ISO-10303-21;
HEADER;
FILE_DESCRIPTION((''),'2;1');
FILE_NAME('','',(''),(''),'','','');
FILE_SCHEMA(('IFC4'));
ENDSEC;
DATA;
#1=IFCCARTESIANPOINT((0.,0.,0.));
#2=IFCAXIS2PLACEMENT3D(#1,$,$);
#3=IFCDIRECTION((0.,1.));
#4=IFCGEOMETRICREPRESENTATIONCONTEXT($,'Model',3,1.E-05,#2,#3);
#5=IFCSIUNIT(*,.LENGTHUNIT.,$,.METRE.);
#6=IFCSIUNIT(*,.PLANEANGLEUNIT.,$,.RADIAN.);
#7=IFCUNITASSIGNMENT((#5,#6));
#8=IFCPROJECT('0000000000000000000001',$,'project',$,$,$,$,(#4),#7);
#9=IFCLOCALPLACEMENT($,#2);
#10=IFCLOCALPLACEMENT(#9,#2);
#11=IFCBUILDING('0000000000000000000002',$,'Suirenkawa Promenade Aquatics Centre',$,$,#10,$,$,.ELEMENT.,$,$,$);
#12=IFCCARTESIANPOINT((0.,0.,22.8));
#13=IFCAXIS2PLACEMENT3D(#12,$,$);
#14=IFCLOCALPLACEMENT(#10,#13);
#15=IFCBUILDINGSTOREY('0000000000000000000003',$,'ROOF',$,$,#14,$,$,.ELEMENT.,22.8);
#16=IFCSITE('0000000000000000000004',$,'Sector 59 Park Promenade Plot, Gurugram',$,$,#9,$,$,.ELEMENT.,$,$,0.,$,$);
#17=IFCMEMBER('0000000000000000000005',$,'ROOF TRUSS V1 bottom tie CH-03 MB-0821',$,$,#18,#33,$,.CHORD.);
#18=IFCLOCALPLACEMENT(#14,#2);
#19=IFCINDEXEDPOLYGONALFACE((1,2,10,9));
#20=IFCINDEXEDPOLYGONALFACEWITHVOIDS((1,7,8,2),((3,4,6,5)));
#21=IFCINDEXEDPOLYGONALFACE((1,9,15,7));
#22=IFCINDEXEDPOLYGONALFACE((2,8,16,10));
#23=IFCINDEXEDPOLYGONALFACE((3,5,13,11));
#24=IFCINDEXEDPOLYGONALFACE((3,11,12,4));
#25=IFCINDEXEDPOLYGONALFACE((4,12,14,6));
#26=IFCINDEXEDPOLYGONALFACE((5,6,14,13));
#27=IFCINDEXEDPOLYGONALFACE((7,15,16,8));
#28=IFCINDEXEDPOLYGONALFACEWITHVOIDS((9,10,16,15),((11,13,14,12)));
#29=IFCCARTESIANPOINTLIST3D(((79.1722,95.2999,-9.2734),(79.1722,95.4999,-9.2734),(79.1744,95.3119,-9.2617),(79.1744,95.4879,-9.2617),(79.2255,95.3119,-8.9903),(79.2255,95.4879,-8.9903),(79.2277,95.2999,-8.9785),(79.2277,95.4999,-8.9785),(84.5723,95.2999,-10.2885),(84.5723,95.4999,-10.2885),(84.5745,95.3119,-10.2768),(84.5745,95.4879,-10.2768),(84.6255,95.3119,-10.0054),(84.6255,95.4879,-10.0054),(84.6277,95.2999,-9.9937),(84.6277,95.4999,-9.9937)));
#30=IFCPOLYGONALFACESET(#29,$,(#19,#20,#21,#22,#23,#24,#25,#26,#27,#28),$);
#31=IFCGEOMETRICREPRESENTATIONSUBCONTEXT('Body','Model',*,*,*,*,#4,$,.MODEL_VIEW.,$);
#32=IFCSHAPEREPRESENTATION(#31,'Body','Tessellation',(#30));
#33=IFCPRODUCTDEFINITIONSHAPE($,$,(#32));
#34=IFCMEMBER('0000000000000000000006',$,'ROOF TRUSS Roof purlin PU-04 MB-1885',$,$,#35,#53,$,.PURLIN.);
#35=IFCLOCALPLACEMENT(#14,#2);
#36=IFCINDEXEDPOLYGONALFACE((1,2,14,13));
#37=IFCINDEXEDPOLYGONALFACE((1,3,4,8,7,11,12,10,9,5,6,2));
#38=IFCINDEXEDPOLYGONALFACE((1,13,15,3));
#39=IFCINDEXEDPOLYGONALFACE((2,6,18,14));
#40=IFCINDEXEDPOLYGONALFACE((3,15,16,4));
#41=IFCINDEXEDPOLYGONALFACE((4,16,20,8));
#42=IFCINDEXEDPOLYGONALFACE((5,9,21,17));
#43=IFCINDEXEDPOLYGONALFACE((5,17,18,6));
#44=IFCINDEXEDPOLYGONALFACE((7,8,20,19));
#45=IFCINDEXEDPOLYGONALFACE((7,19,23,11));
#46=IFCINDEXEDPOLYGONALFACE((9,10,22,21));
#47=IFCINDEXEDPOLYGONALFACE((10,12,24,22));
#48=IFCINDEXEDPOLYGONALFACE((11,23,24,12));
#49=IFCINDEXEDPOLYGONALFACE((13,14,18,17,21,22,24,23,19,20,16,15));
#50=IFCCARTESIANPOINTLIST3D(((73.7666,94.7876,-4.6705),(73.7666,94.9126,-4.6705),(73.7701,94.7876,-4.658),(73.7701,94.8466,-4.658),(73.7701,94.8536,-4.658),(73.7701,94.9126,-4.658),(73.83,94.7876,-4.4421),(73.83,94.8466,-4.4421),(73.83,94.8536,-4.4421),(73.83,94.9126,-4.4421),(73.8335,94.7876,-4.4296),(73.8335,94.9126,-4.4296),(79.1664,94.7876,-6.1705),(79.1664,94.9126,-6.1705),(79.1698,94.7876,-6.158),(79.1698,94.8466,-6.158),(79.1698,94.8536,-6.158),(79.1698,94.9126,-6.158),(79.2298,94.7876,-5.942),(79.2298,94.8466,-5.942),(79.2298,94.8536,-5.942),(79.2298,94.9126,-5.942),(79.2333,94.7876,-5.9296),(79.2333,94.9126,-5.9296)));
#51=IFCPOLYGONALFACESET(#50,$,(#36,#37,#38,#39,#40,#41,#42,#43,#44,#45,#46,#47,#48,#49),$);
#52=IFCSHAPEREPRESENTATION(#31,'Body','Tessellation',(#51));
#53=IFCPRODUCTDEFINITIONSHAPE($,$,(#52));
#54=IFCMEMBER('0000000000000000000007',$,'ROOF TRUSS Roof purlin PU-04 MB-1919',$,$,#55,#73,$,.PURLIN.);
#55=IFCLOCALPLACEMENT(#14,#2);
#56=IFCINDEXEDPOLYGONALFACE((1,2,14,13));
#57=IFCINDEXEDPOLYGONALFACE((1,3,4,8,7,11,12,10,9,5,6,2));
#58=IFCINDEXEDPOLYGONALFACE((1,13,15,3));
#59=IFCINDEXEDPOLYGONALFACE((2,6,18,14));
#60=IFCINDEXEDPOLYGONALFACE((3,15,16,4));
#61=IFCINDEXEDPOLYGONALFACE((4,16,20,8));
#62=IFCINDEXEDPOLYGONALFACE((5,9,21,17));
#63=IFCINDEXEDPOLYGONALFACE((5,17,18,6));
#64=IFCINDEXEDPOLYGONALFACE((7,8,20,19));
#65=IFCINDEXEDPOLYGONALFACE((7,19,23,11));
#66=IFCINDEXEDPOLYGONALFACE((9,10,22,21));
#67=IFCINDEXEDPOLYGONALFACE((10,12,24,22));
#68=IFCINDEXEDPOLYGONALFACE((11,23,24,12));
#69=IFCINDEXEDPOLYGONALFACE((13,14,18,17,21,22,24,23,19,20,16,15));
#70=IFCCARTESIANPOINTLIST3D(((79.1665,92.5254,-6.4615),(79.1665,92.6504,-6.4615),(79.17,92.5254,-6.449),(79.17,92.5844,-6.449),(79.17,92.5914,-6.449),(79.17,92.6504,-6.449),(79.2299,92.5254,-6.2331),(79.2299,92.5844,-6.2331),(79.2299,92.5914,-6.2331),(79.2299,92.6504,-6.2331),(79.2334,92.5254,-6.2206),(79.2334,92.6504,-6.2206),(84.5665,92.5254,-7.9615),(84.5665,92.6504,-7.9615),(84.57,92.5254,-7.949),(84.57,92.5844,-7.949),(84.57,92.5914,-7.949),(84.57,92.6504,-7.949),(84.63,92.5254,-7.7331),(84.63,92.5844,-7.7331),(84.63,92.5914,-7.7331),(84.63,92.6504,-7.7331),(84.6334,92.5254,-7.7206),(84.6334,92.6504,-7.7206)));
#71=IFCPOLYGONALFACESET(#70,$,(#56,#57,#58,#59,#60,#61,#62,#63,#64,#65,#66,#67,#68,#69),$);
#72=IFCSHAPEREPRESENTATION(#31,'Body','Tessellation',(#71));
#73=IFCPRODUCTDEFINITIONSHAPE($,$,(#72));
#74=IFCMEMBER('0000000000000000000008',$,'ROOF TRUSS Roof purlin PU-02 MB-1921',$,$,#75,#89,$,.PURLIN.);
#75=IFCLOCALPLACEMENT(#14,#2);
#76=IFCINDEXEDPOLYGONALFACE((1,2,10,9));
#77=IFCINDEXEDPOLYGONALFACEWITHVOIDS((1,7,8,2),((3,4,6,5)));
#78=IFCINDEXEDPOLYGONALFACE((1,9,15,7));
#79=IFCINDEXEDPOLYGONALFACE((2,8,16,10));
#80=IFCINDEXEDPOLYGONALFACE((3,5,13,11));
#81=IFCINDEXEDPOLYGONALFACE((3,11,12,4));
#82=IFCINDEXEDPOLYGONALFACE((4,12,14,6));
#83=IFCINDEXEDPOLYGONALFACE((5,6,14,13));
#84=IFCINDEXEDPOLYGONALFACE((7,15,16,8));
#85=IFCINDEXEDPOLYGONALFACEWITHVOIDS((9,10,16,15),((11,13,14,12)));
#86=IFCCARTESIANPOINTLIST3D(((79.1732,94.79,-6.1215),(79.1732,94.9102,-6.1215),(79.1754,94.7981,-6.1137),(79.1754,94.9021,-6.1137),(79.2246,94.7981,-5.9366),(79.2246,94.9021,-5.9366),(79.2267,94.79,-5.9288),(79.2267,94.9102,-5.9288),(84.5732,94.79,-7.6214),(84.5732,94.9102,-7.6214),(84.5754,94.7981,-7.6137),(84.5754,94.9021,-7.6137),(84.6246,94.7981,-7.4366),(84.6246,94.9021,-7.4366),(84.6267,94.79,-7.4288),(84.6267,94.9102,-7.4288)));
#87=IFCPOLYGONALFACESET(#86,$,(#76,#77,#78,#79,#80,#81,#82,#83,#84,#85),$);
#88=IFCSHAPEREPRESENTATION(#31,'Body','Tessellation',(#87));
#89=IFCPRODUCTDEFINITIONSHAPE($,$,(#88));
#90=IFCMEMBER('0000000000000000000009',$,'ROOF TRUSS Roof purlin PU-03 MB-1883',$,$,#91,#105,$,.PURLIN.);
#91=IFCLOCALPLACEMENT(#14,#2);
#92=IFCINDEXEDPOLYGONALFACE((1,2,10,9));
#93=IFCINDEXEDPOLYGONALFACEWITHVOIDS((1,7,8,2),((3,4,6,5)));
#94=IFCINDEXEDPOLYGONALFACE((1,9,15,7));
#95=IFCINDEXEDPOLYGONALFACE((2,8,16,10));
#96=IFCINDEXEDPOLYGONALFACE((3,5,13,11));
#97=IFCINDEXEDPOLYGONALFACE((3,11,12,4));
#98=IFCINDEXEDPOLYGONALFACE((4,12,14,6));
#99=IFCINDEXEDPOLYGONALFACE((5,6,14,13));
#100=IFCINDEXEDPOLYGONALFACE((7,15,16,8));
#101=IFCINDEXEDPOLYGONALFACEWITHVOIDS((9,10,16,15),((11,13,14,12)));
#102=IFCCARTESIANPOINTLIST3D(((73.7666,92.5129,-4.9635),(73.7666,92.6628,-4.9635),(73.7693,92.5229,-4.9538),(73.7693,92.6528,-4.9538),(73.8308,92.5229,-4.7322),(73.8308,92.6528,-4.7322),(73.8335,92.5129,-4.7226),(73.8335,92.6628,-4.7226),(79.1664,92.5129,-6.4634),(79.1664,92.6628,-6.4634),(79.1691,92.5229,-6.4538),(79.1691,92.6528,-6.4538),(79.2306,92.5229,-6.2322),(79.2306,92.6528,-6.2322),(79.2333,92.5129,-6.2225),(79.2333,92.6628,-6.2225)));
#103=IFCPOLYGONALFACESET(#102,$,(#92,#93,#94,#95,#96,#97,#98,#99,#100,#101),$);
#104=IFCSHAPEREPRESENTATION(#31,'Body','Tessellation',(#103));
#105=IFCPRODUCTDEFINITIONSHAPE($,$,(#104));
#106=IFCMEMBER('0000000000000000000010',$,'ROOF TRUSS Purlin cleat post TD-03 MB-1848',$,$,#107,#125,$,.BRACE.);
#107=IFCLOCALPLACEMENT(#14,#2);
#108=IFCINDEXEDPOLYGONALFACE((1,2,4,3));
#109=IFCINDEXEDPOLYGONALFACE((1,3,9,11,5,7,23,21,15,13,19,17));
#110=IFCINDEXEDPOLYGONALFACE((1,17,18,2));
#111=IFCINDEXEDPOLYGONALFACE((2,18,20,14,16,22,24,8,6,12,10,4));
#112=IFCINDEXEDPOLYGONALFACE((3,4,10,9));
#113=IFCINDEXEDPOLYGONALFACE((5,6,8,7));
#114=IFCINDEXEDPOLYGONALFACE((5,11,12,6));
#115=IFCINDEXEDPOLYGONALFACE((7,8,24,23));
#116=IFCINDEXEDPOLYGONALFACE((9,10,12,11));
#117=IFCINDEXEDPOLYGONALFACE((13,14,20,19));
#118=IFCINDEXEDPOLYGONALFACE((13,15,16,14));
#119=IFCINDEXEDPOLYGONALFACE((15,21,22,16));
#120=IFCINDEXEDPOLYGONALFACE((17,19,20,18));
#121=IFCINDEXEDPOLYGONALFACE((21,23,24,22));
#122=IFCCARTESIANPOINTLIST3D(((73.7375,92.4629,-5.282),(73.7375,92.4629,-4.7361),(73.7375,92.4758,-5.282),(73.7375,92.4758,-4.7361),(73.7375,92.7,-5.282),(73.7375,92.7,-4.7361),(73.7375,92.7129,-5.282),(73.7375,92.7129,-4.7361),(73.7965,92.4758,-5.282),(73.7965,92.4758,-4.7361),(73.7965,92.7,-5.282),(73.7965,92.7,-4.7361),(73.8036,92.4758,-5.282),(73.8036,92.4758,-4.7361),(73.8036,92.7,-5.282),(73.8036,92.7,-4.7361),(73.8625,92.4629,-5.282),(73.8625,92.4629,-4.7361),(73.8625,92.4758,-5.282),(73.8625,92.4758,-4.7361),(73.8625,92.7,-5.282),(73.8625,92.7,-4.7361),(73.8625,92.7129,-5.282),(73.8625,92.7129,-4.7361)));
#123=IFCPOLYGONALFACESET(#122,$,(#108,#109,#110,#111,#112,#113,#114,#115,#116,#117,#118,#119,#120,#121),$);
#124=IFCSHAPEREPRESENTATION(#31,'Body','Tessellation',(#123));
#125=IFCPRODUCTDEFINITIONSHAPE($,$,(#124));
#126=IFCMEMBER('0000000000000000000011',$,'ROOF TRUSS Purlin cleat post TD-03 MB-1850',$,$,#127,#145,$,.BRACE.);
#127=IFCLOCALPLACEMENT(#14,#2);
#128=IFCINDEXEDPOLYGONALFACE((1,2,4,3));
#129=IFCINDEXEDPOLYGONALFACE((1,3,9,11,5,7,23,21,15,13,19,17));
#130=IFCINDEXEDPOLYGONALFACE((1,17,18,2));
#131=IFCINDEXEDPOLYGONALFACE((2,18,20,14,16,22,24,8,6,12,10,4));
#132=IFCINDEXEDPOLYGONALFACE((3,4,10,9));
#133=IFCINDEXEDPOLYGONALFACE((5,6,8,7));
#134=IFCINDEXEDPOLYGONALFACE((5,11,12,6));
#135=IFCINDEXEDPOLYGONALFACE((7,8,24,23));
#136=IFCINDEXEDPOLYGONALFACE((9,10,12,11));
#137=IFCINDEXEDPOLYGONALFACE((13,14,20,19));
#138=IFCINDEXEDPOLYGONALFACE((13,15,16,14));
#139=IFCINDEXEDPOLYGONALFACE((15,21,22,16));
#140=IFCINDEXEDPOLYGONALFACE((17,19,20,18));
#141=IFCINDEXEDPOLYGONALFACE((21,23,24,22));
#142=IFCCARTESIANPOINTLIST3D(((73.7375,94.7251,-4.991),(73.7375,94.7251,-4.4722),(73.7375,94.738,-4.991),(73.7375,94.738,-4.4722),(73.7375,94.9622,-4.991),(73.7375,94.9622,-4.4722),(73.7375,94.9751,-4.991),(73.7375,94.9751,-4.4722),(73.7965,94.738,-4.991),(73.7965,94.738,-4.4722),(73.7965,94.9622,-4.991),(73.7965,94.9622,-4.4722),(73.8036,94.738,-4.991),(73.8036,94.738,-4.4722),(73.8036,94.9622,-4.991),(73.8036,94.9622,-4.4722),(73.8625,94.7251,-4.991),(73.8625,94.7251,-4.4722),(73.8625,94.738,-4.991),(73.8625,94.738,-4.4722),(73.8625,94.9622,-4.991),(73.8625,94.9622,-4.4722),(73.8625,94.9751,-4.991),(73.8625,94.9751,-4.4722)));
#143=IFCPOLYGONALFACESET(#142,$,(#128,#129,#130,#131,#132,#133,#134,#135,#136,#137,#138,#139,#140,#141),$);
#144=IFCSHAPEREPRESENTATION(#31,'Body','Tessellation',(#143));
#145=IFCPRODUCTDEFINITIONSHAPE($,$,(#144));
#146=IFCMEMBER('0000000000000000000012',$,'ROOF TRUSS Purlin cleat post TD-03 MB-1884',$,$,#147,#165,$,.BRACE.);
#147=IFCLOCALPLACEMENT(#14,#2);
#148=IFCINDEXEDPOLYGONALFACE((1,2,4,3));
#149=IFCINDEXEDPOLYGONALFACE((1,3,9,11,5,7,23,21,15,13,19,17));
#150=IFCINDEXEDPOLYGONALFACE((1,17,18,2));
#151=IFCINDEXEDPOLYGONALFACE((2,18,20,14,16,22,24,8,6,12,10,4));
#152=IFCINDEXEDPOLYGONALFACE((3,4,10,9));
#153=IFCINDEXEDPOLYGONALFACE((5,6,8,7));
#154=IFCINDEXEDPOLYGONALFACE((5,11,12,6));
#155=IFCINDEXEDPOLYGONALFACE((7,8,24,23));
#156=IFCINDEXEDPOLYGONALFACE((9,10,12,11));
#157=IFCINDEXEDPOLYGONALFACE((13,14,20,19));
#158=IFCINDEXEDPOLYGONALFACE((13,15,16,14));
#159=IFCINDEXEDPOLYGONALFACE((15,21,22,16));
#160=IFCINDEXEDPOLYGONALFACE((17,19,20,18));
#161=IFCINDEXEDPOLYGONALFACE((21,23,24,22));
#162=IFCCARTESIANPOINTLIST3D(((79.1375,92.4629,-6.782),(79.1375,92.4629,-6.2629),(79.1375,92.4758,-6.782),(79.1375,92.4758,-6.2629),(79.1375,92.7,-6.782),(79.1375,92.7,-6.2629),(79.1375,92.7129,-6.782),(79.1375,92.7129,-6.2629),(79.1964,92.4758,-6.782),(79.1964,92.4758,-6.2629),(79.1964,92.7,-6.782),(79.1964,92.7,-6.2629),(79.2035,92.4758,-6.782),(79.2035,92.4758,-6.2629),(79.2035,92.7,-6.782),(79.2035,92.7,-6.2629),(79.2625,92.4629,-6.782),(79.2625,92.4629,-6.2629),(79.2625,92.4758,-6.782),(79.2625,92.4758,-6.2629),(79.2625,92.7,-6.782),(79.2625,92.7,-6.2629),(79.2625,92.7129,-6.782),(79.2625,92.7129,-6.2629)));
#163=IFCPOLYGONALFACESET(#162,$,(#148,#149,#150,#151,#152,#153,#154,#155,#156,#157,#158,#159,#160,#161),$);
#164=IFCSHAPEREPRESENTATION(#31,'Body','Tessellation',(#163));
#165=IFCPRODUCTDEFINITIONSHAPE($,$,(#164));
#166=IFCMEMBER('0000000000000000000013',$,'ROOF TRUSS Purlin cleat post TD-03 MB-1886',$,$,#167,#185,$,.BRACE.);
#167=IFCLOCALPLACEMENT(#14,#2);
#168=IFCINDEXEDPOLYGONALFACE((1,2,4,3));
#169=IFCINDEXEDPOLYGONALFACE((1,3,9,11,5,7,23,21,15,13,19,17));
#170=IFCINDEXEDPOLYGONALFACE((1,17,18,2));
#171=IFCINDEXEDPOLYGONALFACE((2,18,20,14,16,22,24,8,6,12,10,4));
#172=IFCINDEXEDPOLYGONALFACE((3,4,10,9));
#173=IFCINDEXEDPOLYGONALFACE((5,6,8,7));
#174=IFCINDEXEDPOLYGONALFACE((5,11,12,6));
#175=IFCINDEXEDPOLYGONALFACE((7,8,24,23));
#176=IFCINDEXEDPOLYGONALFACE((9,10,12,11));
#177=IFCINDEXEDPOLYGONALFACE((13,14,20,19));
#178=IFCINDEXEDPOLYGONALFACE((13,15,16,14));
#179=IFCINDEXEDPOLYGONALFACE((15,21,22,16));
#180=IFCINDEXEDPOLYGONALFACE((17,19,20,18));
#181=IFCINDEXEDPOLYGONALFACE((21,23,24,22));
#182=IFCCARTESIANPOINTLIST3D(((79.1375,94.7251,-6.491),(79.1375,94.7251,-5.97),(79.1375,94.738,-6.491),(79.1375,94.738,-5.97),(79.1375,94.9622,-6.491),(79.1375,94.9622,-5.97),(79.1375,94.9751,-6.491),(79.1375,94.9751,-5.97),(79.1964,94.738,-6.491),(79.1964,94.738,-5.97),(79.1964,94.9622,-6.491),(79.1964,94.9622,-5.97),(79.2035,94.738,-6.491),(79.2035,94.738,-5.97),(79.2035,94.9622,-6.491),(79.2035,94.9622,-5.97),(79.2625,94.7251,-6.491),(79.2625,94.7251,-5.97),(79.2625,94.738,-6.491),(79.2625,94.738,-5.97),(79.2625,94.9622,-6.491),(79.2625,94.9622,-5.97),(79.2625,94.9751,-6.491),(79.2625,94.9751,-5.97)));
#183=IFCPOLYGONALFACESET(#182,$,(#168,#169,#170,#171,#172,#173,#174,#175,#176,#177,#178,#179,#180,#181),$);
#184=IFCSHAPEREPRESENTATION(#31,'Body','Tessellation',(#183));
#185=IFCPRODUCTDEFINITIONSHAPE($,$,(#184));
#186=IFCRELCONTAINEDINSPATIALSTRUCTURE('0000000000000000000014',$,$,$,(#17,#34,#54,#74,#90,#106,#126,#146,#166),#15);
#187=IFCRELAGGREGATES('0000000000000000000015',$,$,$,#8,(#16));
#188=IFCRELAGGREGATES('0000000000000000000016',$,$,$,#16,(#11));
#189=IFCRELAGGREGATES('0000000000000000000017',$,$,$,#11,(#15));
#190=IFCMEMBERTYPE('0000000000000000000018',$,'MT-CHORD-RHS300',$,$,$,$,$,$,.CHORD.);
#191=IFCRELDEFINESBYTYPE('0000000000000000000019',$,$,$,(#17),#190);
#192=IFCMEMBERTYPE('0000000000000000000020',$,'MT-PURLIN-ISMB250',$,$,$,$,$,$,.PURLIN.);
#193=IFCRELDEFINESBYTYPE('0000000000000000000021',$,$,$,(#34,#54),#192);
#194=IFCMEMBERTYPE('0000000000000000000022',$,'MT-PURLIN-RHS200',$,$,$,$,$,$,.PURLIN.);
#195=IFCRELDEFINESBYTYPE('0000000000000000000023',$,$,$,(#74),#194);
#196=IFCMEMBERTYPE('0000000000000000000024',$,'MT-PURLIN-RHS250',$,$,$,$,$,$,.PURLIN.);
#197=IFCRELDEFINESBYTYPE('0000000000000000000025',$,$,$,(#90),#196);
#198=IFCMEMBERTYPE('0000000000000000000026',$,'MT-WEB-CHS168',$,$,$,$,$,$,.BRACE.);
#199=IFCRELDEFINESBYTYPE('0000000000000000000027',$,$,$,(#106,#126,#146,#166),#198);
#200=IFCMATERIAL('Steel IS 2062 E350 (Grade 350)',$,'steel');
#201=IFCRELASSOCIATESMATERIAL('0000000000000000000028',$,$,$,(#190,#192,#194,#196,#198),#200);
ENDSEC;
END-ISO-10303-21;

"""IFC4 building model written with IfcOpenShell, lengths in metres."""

from ifc_helpers import new_model, si_unit, direction, frame, origin, origin_2d, place, context, subcontext, project, spatial, hollow_rectangle, i_section, extrude, material, material_profile, profile_set, type_object, element, save


model = new_model("IFC4")

# Units and contexts
model_context = context("Model", 3, precision=1e-05, world=origin(), true_north=direction((0.0, 1.0)))
body_context = subcontext(model_context, "Body", "Model", "MODEL_VIEW")
ifc_project = project(units=[si_unit("LENGTHUNIT", "METRE"), si_unit("PLANEANGLEUNIT", "RADIAN")], contexts=[model_context])

# Site, building, storey
site_placement = place(None, origin())
site = spatial("IfcSite", under=ifc_project, at=site_placement, Name="Sector 59 Park Promenade Plot, Gurugram", CompositionType="ELEMENT", RefElevation=0.0)
building_placement = place(site_placement, origin())
building = spatial("IfcBuilding", under=site, at=building_placement, Name="Suirenkawa Promenade Aquatics Centre", CompositionType="ELEMENT")
storey_placement = place(building_placement, frame((0.0, 0.0, 22.8)))
storey = spatial("IfcBuildingStorey", under=building, at=storey_placement, Name="ROOF", CompositionType="ELEMENT", Elevation=22.8)

# Shared definitions
ifc_material_1 = material(Name="Steel IS 2062 E350 (Grade 350)", Category="steel")

# Members
ifc_material_profile_1 = material_profile(ifc_material_1, hollow_rectangle(XDim=0.2, YDim=0.3, WallThickness=0.012, at=origin_2d()), Name="RHS 300x200x12", Category="steel")
ifc_profile_set_1 = profile_set([ifc_material_profile_1], Name="Steel IS 2062 E350 (Grade 350)")
member_type_1 = type_object("IfcMemberType", Name="MT-CHORD-RHS300", PredefinedType="CHORD", material=ifc_profile_set_1)
member_1_placement = place(storey_placement, frame((79.2, 95.3999, -9.126), z_axis=(0.982786, 0.0, -0.184747), x_axis=(0.0, 1.0, 0.0)))
element("IfcMember", 1, at=member_1_placement, inside=storey, type_object=member_type_1, Name="ROOF TRUSS V1 bottom tie CH-03 MB-0821", PredefinedType="CHORD", context=body_context, shape_type="SweptSolid", body=[
    extrude(hollow_rectangle(XDim=0.2, YDim=0.3, WallThickness=0.012, at=origin_2d()), origin(), (0.0, 0.0, 1.0), 5.4946),
])
ifc_material_profile_2 = material_profile(ifc_material_1, i_section(OverallWidth=0.125, OverallDepth=0.25, WebThickness=0.0071, FlangeThickness=0.0129, at=origin_2d()), Name="ISMB 250", Category="steel")
ifc_profile_set_2 = profile_set([ifc_material_profile_2], Name="Steel IS 2062 E350 (Grade 350)")
member_type_2 = type_object("IfcMemberType", Name="MT-PURLIN-ISMB250", PredefinedType="PURLIN", material=ifc_profile_set_2)
member_2_placement = place(storey_placement, frame((73.8, 94.8501, -4.55), z_axis=(0.963517, 0.0, -0.267648), x_axis=(0.0, 1.0, 0.0)))
element("IfcMember", 2, at=member_2_placement, inside=storey, type_object=member_type_2, Name="ROOF TRUSS Roof purlin PU-04 MB-1885", PredefinedType="PURLIN", context=body_context, shape_type="SweptSolid", body=[
    extrude(i_section(OverallWidth=0.125, OverallDepth=0.25, WebThickness=0.0071, FlangeThickness=0.0129, at=origin_2d()), origin(), (0.0, 0.0, 1.0), 5.6042),
])
member_3_placement = place(storey_placement, frame((79.2, 92.5879, -6.3411), z_axis=(0.96352, 0.0, -0.267637), x_axis=(0.0, 1.0, 0.0)))
element("IfcMember", 3, at=member_3_placement, inside=storey, type_object=member_type_2, Name="ROOF TRUSS Roof purlin PU-04 MB-1919", PredefinedType="PURLIN", context=body_context, shape_type="SweptSolid", body=[
    extrude(i_section(OverallWidth=0.125, OverallDepth=0.25, WebThickness=0.0071, FlangeThickness=0.0129, at=origin_2d()), origin(), (0.0, 0.0, 1.0), 5.6045),
])
ifc_material_profile_3 = material_profile(ifc_material_1, hollow_rectangle(XDim=0.1201, YDim=0.2, WallThickness=0.0081, at=origin_2d()), Name="RHS 200x120x8", Category="steel")
ifc_profile_set_3 = profile_set([ifc_material_profile_3], Name="Steel IS 2062 E350 (Grade 350)")
member_type_3 = type_object("IfcMemberType", Name="MT-PURLIN-RHS200", PredefinedType="PURLIN", material=ifc_profile_set_3)
member_4_placement = place(storey_placement, frame((79.2, 94.8501, -6.0251), z_axis=(0.96352, 0.0, -0.267637), x_axis=(0.0, 1.0, 0.0)))
element("IfcMember", 4, at=member_4_placement, inside=storey, type_object=member_type_3, Name="ROOF TRUSS Roof purlin PU-02 MB-1921", PredefinedType="PURLIN", context=body_context, shape_type="SweptSolid", body=[
    extrude(hollow_rectangle(XDim=0.1201, YDim=0.2, WallThickness=0.0081, at=origin_2d()), origin(), (0.0, 0.0, 1.0), 5.6045),
])
ifc_material_profile_4 = material_profile(ifc_material_1, hollow_rectangle(XDim=0.1499, YDim=0.25, WallThickness=0.01, at=origin_2d()), Name="RHS 250x150x10", Category="steel")
ifc_profile_set_4 = profile_set([ifc_material_profile_4], Name="Steel IS 2062 E350 (Grade 350)")
member_type_4 = type_object("IfcMemberType", Name="MT-PURLIN-RHS250", PredefinedType="PURLIN", material=ifc_profile_set_4)
member_5_placement = place(storey_placement, frame((73.8, 92.5879, -4.843), z_axis=(0.963517, 0.0, -0.267648), x_axis=(0.0, 1.0, 0.0)))
element("IfcMember", 5, at=member_5_placement, inside=storey, type_object=member_type_4, Name="ROOF TRUSS Roof purlin PU-03 MB-1883", PredefinedType="PURLIN", context=body_context, shape_type="SweptSolid", body=[
    extrude(hollow_rectangle(XDim=0.1499, YDim=0.25, WallThickness=0.01, at=origin_2d()), origin(), (0.0, 0.0, 1.0), 5.6042),
])
ifc_material_profile_5 = material_profile(ifc_material_1, i_section(OverallWidth=0.125, OverallDepth=0.25, WebThickness=0.0071, FlangeThickness=0.0129, at=origin_2d()), Name="ISMB 250", Category="steel")
ifc_profile_set_5 = profile_set([ifc_material_profile_5], Name="Steel IS 2062 E350 (Grade 350)")
member_type_5 = type_object("IfcMemberType", Name="MT-WEB-CHS168", PredefinedType="BRACE", material=ifc_profile_set_5)
member_6_placement = place(storey_placement, frame((73.8, 92.5879, -5.282), z_axis=(0.0, 0.0, 1.0), x_axis=(1.0, 0.0, 0.0)))
element("IfcMember", 6, at=member_6_placement, inside=storey, type_object=member_type_5, Name="ROOF TRUSS Purlin cleat post TD-03 MB-1848", PredefinedType="BRACE", context=body_context, shape_type="SweptSolid", body=[
    extrude(i_section(OverallWidth=0.125, OverallDepth=0.25, WebThickness=0.0071, FlangeThickness=0.0129, at=origin_2d()), origin(), (0.0, 0.0, 1.0), 0.5459),
])
member_7_placement = place(storey_placement, frame((73.8, 94.8501, -4.991), z_axis=(0.0, 0.0, 1.0), x_axis=(1.0, 0.0, 0.0)))
element("IfcMember", 7, at=member_7_placement, inside=storey, type_object=member_type_5, Name="ROOF TRUSS Purlin cleat post TD-03 MB-1850", PredefinedType="BRACE", context=body_context, shape_type="SweptSolid", body=[
    extrude(i_section(OverallWidth=0.125, OverallDepth=0.25, WebThickness=0.0071, FlangeThickness=0.0129, at=origin_2d()), origin(), (0.0, 0.0, 1.0), 0.5188),
])
member_8_placement = place(storey_placement, frame((79.2, 92.5879, -6.782), z_axis=(0.0, 0.0, 1.0), x_axis=(1.0, 0.0, 0.0)))
element("IfcMember", 8, at=member_8_placement, inside=storey, type_object=member_type_5, Name="ROOF TRUSS Purlin cleat post TD-03 MB-1884", PredefinedType="BRACE", context=body_context, shape_type="SweptSolid", body=[
    extrude(i_section(OverallWidth=0.125, OverallDepth=0.25, WebThickness=0.0071, FlangeThickness=0.0129, at=origin_2d()), origin(), (0.0, 0.0, 1.0), 0.519),
])
member_9_placement = place(storey_placement, frame((79.2, 94.8501, -6.491), z_axis=(0.0, 0.0, 1.0), x_axis=(1.0, 0.0, 0.0)))
element("IfcMember", 9, at=member_9_placement, inside=storey, type_object=member_type_5, Name="ROOF TRUSS Purlin cleat post TD-03 MB-1886", PredefinedType="BRACE", context=body_context, shape_type="SweptSolid", body=[
    extrude(i_section(OverallWidth=0.125, OverallDepth=0.25, WebThickness=0.0071, FlangeThickness=0.0129, at=origin_2d()), origin(), (0.0, 0.0, 1.0), 0.521),
])

save(model, "model.ifc")
